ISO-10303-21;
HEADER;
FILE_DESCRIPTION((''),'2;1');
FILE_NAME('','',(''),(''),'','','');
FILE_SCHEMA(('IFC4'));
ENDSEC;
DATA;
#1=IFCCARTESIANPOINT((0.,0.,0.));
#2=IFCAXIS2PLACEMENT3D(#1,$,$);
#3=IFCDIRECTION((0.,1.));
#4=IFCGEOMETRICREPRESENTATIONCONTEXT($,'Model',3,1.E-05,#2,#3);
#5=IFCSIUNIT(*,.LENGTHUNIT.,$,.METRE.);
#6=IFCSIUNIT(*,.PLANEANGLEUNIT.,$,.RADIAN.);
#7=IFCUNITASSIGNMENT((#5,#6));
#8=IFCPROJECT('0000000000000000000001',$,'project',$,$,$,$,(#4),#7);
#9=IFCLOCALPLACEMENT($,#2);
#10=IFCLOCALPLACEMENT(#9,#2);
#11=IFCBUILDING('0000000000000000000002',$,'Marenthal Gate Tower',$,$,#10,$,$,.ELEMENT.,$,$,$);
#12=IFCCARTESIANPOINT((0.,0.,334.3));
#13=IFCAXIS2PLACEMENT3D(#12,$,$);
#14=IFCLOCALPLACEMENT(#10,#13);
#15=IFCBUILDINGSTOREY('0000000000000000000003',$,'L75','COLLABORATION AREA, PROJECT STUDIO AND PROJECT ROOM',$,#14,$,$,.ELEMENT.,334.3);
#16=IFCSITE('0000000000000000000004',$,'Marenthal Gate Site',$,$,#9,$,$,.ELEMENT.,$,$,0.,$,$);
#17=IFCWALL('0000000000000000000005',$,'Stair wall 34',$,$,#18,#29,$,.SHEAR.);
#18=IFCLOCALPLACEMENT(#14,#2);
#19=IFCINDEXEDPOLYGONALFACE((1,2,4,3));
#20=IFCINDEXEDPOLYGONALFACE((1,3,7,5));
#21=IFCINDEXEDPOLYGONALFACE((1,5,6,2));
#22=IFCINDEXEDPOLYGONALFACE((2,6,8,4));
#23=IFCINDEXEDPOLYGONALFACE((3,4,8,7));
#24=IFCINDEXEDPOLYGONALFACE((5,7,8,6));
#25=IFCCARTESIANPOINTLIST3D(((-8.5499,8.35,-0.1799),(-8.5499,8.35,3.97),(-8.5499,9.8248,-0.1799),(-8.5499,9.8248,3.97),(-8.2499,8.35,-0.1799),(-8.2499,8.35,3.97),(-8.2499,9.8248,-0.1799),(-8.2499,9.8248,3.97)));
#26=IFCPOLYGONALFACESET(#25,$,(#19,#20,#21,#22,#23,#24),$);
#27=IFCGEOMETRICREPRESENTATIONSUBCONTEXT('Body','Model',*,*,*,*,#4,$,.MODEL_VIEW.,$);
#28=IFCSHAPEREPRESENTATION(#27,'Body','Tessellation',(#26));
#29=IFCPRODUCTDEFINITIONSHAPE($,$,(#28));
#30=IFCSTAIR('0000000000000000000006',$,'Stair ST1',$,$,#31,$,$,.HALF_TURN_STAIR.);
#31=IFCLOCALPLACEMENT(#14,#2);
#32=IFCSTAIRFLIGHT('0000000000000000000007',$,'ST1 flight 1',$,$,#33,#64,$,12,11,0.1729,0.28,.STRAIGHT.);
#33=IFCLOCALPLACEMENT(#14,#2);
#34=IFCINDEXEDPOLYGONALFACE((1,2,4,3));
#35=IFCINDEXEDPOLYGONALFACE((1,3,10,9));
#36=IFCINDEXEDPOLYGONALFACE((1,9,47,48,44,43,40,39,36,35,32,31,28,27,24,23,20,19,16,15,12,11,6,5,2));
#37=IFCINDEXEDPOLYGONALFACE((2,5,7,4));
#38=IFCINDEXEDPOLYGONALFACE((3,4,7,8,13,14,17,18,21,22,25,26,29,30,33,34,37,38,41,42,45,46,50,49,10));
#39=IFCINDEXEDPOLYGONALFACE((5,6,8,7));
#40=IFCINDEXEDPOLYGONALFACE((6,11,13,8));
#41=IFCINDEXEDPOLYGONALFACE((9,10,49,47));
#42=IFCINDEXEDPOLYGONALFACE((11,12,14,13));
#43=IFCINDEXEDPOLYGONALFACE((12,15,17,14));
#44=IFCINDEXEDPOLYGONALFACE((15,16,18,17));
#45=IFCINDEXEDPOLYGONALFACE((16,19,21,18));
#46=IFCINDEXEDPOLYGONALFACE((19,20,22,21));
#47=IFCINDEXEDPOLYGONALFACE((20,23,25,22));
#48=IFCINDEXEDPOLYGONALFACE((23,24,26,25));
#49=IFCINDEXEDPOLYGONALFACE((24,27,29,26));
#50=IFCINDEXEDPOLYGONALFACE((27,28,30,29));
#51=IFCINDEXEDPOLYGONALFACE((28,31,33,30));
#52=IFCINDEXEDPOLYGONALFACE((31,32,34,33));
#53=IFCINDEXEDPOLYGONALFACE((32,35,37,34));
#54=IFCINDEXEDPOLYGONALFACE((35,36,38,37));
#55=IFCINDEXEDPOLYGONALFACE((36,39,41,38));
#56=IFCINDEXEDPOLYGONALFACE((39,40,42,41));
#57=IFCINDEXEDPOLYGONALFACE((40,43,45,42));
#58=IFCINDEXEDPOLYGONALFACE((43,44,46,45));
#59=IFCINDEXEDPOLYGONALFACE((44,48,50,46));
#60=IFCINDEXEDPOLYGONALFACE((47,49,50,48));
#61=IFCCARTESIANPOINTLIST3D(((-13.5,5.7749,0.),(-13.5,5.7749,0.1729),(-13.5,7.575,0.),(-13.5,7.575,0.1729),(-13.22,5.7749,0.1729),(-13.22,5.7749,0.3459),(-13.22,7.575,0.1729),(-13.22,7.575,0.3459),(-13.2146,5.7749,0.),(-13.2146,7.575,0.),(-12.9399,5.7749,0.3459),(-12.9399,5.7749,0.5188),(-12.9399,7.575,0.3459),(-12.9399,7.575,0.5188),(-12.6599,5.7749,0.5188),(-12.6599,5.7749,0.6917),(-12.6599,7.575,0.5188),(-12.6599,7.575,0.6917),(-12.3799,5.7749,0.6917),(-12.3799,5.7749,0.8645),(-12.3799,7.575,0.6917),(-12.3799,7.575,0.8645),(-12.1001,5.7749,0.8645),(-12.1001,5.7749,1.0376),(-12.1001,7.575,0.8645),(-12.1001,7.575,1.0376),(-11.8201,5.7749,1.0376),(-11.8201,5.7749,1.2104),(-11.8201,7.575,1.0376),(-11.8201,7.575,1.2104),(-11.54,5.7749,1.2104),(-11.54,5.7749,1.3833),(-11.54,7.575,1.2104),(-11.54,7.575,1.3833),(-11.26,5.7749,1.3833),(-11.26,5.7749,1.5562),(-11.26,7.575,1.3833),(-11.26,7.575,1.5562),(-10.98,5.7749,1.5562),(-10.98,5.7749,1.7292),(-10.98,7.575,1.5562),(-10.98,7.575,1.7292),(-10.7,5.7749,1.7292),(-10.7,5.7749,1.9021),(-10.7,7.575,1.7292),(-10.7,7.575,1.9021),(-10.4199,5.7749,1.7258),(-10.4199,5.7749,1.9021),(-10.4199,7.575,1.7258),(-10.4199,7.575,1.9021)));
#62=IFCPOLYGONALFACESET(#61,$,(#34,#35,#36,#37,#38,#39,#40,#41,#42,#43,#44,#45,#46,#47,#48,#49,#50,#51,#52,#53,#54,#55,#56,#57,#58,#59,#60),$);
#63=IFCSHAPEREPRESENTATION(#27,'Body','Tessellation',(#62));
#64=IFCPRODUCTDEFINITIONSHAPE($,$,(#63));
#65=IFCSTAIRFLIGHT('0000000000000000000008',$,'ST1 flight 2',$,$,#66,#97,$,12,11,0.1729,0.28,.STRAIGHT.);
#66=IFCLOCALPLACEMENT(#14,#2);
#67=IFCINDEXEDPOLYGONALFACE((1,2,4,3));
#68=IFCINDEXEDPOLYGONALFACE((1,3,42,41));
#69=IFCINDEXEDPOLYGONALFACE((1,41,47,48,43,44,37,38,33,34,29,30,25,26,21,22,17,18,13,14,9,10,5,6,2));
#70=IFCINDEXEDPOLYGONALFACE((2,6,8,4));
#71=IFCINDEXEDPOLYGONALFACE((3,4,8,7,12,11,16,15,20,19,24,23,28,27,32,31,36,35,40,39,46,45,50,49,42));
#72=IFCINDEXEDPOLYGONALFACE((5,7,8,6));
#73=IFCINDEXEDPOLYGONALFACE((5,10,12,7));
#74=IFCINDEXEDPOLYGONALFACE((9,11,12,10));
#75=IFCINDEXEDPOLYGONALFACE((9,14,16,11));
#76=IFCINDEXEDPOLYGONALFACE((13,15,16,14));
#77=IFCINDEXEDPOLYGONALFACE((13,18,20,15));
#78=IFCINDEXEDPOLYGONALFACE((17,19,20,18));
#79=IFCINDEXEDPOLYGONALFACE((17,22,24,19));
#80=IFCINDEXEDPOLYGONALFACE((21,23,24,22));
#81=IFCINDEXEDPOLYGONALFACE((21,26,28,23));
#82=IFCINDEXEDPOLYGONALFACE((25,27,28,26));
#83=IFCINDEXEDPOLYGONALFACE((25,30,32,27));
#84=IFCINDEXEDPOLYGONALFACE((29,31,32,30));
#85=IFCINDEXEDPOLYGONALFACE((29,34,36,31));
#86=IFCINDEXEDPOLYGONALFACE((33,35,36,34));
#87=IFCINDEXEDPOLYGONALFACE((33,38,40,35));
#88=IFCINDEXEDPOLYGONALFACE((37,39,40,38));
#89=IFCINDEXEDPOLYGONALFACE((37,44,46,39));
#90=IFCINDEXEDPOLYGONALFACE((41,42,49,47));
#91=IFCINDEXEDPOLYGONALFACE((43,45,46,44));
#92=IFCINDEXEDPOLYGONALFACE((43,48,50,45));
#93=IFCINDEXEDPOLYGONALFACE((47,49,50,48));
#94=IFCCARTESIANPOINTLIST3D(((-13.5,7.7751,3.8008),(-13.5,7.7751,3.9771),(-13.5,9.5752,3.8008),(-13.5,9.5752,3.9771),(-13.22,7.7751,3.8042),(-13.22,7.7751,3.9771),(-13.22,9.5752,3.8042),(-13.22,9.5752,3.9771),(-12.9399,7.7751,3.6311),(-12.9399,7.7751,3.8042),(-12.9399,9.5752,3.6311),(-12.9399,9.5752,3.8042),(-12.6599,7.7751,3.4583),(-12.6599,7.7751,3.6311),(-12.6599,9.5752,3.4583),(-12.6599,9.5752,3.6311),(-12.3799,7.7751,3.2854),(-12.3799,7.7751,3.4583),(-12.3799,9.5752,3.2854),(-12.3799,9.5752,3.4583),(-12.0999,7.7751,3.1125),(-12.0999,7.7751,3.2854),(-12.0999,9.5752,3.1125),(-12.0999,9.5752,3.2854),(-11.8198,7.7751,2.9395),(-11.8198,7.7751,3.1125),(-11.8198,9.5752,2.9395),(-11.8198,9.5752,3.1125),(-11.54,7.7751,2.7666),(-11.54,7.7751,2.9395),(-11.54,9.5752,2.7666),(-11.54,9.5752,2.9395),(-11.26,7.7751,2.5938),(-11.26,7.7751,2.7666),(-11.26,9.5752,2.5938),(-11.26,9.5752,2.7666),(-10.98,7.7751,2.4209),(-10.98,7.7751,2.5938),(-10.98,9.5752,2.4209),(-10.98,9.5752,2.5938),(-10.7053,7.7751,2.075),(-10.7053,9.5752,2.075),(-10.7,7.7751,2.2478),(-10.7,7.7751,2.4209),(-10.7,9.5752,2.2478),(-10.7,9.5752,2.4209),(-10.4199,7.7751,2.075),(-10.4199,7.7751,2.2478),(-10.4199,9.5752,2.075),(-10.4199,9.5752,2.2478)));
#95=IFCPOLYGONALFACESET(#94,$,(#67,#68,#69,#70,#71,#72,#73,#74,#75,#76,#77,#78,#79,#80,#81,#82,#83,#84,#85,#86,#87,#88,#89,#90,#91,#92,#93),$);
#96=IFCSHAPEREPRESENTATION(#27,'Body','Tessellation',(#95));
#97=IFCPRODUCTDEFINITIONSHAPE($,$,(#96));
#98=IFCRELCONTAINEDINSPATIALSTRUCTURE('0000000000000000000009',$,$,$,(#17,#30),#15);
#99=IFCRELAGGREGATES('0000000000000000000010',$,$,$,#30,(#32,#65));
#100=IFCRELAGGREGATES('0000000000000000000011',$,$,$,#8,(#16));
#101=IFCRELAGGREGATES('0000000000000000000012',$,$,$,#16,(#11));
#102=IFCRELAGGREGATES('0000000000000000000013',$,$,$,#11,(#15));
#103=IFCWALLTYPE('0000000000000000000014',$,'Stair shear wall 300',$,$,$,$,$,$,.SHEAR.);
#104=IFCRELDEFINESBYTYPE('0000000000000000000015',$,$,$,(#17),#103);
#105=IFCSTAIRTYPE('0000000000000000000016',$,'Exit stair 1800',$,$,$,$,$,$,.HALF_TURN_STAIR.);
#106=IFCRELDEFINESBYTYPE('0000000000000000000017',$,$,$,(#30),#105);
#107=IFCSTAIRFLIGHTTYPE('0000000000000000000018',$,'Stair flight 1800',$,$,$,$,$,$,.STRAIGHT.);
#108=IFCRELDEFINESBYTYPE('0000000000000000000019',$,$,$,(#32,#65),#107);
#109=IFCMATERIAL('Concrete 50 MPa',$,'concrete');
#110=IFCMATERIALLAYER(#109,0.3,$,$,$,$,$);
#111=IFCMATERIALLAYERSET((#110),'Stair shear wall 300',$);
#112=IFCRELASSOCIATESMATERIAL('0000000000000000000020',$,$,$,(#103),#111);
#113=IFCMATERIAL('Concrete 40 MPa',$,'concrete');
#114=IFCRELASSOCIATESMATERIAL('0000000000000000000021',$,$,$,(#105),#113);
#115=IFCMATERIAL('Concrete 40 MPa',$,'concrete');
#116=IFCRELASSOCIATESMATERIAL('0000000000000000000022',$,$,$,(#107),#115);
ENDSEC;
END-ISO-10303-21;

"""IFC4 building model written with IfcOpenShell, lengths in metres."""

from ifc_helpers import new_model, si_unit, direction, frame, frame_2d, origin, place, context, subcontext, project, spatial, polyline, rectangle, outline, extrude, material, layer, layer_set, type_object, element, aggregate, save


model = new_model("IFC4")

# Units and contexts
model_context = context("Model", 3, precision=1e-05, world=origin(), true_north=direction((0.0, 1.0)))
body_context = subcontext(model_context, "Body", "Model", "MODEL_VIEW")
ifc_project = project(units=[si_unit("LENGTHUNIT", "METRE"), si_unit("PLANEANGLEUNIT", "RADIAN")], contexts=[model_context])

# Site, building, storey
site_placement = place(None, origin())
site = spatial("IfcSite", under=ifc_project, at=site_placement, Name="Marenthal Gate Site", CompositionType="ELEMENT", RefElevation=0.0)
building_placement = place(site_placement, origin())
building = spatial("IfcBuilding", under=site, at=building_placement, Name="Marenthal Gate Tower", CompositionType="ELEMENT")
storey_placement = place(building_placement, frame((0.0, 0.0, 334.3)))
storey = spatial("IfcBuildingStorey", under=building, at=storey_placement, Name="L75", Description="COLLABORATION AREA, PROJECT STUDIO AND PROJECT ROOM", CompositionType="ELEMENT", Elevation=334.3)

# Wall
ifc_material_1 = material(Name="Concrete 50 MPa", Category="concrete")
ifc_layer_1 = layer(ifc_material_1, 0.3)
ifc_layer_set_1 = layer_set([ifc_layer_1], Name="Stair shear wall 300")
wall_type_1 = type_object("IfcWallType", Name="Stair shear wall 300", PredefinedType="SHEAR", material=ifc_layer_set_1)
wall_1_placement = place(storey_placement, frame((-8.3999, 8.3501, -0.1799), z_axis=(0.0, 0.0, 1.0), x_axis=(0.0, 1.0, 0.0)))
element("IfcWall", 1, at=wall_1_placement, inside=storey, type_object=wall_type_1, Name="Stair wall 34", PredefinedType="SHEAR", context=body_context, shape_type="SweptSolid", body=[
    extrude(rectangle(XDim=1.4749, YDim=0.3, at=frame_2d((0.7373, 0.0))), origin(), (0.0, 0.0, 1.0), 4.1499),
])

# Stair, stair flights
ifc_material_2 = material(Name="Concrete 40 MPa", Category="concrete")
stair_type = type_object("IfcStairType", Name="Exit stair 1800", PredefinedType="HALF_TURN_STAIR", material=ifc_material_2)
stair_placement = place(storey_placement, origin())
stair = element("IfcStair", 2, at=stair_placement, inside=storey, type_object=stair_type, Name="Stair ST1", PredefinedType="HALF_TURN_STAIR")
ifc_material_3 = material(Name="Concrete 40 MPa", Category="concrete")
stair_flight_type = type_object("IfcStairFlightType", Name="Stair flight 1800", PredefinedType="STRAIGHT", material=ifc_material_3)
stair_flight_1_placement = place(storey_placement, frame((-13.5, 6.675, 0.0), z_axis=(0.0, 0.0, 1.0), x_axis=(1.0, 0.0, 0.0)))
stair_flight_1 = element("IfcStairFlight", 3, at=stair_flight_1_placement, type_object=stair_flight_type, Name="ST1 flight 1", NumberOfRisers=12, NumberOfTreads=11, PredefinedType="STRAIGHT", RiserHeight=0.1729, TreadLength=0.28, context=body_context, shape_type="SweptSolid", body=[
    extrude(outline(polyline([(0.0, 0.0), (0.0, 0.1729), (0.28, 0.1729), (0.28, 0.3459), (0.5601, 0.3459), (0.5601, 0.5188), (0.8401, 0.5188), (0.8401, 0.6917), (1.1201, 0.6917), (1.1201, 0.8645), (1.3999, 0.8645), (1.3999, 1.0376), (1.6799, 1.0376), (1.6799, 1.2104), (1.96, 1.2104), (1.96, 1.3833), (2.24, 1.3833), (2.24, 1.5562), (2.52, 1.5562), (2.52, 1.7292), (2.8, 1.7292), (2.8, 1.9021), (3.0801, 1.9021), (3.0801, 2.075), (3.0801, 1.7258), (0.2854, 0.0), (0.0, 0.0)])), frame((0.0, 0.8999, 0.0), z_axis=(0.0, -1.0, 0.0), x_axis=(1.0, 0.0, 0.0)), (0.0, 0.0, 1.0), 1.8),
])
stair_flight_2_placement = place(storey_placement, frame((-10.4199, 8.675, 2.075), z_axis=(0.0, 0.0, 1.0), x_axis=(-1.0, 0.0, 0.0)))
stair_flight_2 = element("IfcStairFlight", 4, at=stair_flight_2_placement, type_object=stair_flight_type, Name="ST1 flight 2", NumberOfRisers=12, NumberOfTreads=11, PredefinedType="STRAIGHT", RiserHeight=0.1729, TreadLength=0.28, context=body_context, shape_type="SweptSolid", body=[
    extrude(outline(polyline([(0.0, 0.0), (0.0, 0.1729), (0.28, 0.1729), (0.28, 0.3459), (0.5601, 0.3459), (0.5601, 0.5188), (0.8401, 0.5188), (0.8401, 0.6917), (1.1201, 0.6917), (1.1201, 0.8645), (1.3999, 0.8645), (1.3999, 1.0376), (1.6799, 1.0376), (1.6799, 1.2104), (1.96, 1.2104), (1.96, 1.3833), (2.24, 1.3833), (2.24, 1.5562), (2.52, 1.5562), (2.52, 1.7292), (2.8, 1.7292), (2.8, 1.9021), (3.0801, 1.9021), (3.0801, 2.075), (3.0801, 1.7258), (0.2854, 0.0), (0.0, 0.0)])), frame((0.0, 0.8999, 0.0), z_axis=(0.0, -1.0, 0.0), x_axis=(1.0, 0.0, 0.0)), (0.0, 0.0, 1.0), 1.8),
])
aggregate(stair, [stair_flight_1, stair_flight_2])

save(model, "model.ifc")
